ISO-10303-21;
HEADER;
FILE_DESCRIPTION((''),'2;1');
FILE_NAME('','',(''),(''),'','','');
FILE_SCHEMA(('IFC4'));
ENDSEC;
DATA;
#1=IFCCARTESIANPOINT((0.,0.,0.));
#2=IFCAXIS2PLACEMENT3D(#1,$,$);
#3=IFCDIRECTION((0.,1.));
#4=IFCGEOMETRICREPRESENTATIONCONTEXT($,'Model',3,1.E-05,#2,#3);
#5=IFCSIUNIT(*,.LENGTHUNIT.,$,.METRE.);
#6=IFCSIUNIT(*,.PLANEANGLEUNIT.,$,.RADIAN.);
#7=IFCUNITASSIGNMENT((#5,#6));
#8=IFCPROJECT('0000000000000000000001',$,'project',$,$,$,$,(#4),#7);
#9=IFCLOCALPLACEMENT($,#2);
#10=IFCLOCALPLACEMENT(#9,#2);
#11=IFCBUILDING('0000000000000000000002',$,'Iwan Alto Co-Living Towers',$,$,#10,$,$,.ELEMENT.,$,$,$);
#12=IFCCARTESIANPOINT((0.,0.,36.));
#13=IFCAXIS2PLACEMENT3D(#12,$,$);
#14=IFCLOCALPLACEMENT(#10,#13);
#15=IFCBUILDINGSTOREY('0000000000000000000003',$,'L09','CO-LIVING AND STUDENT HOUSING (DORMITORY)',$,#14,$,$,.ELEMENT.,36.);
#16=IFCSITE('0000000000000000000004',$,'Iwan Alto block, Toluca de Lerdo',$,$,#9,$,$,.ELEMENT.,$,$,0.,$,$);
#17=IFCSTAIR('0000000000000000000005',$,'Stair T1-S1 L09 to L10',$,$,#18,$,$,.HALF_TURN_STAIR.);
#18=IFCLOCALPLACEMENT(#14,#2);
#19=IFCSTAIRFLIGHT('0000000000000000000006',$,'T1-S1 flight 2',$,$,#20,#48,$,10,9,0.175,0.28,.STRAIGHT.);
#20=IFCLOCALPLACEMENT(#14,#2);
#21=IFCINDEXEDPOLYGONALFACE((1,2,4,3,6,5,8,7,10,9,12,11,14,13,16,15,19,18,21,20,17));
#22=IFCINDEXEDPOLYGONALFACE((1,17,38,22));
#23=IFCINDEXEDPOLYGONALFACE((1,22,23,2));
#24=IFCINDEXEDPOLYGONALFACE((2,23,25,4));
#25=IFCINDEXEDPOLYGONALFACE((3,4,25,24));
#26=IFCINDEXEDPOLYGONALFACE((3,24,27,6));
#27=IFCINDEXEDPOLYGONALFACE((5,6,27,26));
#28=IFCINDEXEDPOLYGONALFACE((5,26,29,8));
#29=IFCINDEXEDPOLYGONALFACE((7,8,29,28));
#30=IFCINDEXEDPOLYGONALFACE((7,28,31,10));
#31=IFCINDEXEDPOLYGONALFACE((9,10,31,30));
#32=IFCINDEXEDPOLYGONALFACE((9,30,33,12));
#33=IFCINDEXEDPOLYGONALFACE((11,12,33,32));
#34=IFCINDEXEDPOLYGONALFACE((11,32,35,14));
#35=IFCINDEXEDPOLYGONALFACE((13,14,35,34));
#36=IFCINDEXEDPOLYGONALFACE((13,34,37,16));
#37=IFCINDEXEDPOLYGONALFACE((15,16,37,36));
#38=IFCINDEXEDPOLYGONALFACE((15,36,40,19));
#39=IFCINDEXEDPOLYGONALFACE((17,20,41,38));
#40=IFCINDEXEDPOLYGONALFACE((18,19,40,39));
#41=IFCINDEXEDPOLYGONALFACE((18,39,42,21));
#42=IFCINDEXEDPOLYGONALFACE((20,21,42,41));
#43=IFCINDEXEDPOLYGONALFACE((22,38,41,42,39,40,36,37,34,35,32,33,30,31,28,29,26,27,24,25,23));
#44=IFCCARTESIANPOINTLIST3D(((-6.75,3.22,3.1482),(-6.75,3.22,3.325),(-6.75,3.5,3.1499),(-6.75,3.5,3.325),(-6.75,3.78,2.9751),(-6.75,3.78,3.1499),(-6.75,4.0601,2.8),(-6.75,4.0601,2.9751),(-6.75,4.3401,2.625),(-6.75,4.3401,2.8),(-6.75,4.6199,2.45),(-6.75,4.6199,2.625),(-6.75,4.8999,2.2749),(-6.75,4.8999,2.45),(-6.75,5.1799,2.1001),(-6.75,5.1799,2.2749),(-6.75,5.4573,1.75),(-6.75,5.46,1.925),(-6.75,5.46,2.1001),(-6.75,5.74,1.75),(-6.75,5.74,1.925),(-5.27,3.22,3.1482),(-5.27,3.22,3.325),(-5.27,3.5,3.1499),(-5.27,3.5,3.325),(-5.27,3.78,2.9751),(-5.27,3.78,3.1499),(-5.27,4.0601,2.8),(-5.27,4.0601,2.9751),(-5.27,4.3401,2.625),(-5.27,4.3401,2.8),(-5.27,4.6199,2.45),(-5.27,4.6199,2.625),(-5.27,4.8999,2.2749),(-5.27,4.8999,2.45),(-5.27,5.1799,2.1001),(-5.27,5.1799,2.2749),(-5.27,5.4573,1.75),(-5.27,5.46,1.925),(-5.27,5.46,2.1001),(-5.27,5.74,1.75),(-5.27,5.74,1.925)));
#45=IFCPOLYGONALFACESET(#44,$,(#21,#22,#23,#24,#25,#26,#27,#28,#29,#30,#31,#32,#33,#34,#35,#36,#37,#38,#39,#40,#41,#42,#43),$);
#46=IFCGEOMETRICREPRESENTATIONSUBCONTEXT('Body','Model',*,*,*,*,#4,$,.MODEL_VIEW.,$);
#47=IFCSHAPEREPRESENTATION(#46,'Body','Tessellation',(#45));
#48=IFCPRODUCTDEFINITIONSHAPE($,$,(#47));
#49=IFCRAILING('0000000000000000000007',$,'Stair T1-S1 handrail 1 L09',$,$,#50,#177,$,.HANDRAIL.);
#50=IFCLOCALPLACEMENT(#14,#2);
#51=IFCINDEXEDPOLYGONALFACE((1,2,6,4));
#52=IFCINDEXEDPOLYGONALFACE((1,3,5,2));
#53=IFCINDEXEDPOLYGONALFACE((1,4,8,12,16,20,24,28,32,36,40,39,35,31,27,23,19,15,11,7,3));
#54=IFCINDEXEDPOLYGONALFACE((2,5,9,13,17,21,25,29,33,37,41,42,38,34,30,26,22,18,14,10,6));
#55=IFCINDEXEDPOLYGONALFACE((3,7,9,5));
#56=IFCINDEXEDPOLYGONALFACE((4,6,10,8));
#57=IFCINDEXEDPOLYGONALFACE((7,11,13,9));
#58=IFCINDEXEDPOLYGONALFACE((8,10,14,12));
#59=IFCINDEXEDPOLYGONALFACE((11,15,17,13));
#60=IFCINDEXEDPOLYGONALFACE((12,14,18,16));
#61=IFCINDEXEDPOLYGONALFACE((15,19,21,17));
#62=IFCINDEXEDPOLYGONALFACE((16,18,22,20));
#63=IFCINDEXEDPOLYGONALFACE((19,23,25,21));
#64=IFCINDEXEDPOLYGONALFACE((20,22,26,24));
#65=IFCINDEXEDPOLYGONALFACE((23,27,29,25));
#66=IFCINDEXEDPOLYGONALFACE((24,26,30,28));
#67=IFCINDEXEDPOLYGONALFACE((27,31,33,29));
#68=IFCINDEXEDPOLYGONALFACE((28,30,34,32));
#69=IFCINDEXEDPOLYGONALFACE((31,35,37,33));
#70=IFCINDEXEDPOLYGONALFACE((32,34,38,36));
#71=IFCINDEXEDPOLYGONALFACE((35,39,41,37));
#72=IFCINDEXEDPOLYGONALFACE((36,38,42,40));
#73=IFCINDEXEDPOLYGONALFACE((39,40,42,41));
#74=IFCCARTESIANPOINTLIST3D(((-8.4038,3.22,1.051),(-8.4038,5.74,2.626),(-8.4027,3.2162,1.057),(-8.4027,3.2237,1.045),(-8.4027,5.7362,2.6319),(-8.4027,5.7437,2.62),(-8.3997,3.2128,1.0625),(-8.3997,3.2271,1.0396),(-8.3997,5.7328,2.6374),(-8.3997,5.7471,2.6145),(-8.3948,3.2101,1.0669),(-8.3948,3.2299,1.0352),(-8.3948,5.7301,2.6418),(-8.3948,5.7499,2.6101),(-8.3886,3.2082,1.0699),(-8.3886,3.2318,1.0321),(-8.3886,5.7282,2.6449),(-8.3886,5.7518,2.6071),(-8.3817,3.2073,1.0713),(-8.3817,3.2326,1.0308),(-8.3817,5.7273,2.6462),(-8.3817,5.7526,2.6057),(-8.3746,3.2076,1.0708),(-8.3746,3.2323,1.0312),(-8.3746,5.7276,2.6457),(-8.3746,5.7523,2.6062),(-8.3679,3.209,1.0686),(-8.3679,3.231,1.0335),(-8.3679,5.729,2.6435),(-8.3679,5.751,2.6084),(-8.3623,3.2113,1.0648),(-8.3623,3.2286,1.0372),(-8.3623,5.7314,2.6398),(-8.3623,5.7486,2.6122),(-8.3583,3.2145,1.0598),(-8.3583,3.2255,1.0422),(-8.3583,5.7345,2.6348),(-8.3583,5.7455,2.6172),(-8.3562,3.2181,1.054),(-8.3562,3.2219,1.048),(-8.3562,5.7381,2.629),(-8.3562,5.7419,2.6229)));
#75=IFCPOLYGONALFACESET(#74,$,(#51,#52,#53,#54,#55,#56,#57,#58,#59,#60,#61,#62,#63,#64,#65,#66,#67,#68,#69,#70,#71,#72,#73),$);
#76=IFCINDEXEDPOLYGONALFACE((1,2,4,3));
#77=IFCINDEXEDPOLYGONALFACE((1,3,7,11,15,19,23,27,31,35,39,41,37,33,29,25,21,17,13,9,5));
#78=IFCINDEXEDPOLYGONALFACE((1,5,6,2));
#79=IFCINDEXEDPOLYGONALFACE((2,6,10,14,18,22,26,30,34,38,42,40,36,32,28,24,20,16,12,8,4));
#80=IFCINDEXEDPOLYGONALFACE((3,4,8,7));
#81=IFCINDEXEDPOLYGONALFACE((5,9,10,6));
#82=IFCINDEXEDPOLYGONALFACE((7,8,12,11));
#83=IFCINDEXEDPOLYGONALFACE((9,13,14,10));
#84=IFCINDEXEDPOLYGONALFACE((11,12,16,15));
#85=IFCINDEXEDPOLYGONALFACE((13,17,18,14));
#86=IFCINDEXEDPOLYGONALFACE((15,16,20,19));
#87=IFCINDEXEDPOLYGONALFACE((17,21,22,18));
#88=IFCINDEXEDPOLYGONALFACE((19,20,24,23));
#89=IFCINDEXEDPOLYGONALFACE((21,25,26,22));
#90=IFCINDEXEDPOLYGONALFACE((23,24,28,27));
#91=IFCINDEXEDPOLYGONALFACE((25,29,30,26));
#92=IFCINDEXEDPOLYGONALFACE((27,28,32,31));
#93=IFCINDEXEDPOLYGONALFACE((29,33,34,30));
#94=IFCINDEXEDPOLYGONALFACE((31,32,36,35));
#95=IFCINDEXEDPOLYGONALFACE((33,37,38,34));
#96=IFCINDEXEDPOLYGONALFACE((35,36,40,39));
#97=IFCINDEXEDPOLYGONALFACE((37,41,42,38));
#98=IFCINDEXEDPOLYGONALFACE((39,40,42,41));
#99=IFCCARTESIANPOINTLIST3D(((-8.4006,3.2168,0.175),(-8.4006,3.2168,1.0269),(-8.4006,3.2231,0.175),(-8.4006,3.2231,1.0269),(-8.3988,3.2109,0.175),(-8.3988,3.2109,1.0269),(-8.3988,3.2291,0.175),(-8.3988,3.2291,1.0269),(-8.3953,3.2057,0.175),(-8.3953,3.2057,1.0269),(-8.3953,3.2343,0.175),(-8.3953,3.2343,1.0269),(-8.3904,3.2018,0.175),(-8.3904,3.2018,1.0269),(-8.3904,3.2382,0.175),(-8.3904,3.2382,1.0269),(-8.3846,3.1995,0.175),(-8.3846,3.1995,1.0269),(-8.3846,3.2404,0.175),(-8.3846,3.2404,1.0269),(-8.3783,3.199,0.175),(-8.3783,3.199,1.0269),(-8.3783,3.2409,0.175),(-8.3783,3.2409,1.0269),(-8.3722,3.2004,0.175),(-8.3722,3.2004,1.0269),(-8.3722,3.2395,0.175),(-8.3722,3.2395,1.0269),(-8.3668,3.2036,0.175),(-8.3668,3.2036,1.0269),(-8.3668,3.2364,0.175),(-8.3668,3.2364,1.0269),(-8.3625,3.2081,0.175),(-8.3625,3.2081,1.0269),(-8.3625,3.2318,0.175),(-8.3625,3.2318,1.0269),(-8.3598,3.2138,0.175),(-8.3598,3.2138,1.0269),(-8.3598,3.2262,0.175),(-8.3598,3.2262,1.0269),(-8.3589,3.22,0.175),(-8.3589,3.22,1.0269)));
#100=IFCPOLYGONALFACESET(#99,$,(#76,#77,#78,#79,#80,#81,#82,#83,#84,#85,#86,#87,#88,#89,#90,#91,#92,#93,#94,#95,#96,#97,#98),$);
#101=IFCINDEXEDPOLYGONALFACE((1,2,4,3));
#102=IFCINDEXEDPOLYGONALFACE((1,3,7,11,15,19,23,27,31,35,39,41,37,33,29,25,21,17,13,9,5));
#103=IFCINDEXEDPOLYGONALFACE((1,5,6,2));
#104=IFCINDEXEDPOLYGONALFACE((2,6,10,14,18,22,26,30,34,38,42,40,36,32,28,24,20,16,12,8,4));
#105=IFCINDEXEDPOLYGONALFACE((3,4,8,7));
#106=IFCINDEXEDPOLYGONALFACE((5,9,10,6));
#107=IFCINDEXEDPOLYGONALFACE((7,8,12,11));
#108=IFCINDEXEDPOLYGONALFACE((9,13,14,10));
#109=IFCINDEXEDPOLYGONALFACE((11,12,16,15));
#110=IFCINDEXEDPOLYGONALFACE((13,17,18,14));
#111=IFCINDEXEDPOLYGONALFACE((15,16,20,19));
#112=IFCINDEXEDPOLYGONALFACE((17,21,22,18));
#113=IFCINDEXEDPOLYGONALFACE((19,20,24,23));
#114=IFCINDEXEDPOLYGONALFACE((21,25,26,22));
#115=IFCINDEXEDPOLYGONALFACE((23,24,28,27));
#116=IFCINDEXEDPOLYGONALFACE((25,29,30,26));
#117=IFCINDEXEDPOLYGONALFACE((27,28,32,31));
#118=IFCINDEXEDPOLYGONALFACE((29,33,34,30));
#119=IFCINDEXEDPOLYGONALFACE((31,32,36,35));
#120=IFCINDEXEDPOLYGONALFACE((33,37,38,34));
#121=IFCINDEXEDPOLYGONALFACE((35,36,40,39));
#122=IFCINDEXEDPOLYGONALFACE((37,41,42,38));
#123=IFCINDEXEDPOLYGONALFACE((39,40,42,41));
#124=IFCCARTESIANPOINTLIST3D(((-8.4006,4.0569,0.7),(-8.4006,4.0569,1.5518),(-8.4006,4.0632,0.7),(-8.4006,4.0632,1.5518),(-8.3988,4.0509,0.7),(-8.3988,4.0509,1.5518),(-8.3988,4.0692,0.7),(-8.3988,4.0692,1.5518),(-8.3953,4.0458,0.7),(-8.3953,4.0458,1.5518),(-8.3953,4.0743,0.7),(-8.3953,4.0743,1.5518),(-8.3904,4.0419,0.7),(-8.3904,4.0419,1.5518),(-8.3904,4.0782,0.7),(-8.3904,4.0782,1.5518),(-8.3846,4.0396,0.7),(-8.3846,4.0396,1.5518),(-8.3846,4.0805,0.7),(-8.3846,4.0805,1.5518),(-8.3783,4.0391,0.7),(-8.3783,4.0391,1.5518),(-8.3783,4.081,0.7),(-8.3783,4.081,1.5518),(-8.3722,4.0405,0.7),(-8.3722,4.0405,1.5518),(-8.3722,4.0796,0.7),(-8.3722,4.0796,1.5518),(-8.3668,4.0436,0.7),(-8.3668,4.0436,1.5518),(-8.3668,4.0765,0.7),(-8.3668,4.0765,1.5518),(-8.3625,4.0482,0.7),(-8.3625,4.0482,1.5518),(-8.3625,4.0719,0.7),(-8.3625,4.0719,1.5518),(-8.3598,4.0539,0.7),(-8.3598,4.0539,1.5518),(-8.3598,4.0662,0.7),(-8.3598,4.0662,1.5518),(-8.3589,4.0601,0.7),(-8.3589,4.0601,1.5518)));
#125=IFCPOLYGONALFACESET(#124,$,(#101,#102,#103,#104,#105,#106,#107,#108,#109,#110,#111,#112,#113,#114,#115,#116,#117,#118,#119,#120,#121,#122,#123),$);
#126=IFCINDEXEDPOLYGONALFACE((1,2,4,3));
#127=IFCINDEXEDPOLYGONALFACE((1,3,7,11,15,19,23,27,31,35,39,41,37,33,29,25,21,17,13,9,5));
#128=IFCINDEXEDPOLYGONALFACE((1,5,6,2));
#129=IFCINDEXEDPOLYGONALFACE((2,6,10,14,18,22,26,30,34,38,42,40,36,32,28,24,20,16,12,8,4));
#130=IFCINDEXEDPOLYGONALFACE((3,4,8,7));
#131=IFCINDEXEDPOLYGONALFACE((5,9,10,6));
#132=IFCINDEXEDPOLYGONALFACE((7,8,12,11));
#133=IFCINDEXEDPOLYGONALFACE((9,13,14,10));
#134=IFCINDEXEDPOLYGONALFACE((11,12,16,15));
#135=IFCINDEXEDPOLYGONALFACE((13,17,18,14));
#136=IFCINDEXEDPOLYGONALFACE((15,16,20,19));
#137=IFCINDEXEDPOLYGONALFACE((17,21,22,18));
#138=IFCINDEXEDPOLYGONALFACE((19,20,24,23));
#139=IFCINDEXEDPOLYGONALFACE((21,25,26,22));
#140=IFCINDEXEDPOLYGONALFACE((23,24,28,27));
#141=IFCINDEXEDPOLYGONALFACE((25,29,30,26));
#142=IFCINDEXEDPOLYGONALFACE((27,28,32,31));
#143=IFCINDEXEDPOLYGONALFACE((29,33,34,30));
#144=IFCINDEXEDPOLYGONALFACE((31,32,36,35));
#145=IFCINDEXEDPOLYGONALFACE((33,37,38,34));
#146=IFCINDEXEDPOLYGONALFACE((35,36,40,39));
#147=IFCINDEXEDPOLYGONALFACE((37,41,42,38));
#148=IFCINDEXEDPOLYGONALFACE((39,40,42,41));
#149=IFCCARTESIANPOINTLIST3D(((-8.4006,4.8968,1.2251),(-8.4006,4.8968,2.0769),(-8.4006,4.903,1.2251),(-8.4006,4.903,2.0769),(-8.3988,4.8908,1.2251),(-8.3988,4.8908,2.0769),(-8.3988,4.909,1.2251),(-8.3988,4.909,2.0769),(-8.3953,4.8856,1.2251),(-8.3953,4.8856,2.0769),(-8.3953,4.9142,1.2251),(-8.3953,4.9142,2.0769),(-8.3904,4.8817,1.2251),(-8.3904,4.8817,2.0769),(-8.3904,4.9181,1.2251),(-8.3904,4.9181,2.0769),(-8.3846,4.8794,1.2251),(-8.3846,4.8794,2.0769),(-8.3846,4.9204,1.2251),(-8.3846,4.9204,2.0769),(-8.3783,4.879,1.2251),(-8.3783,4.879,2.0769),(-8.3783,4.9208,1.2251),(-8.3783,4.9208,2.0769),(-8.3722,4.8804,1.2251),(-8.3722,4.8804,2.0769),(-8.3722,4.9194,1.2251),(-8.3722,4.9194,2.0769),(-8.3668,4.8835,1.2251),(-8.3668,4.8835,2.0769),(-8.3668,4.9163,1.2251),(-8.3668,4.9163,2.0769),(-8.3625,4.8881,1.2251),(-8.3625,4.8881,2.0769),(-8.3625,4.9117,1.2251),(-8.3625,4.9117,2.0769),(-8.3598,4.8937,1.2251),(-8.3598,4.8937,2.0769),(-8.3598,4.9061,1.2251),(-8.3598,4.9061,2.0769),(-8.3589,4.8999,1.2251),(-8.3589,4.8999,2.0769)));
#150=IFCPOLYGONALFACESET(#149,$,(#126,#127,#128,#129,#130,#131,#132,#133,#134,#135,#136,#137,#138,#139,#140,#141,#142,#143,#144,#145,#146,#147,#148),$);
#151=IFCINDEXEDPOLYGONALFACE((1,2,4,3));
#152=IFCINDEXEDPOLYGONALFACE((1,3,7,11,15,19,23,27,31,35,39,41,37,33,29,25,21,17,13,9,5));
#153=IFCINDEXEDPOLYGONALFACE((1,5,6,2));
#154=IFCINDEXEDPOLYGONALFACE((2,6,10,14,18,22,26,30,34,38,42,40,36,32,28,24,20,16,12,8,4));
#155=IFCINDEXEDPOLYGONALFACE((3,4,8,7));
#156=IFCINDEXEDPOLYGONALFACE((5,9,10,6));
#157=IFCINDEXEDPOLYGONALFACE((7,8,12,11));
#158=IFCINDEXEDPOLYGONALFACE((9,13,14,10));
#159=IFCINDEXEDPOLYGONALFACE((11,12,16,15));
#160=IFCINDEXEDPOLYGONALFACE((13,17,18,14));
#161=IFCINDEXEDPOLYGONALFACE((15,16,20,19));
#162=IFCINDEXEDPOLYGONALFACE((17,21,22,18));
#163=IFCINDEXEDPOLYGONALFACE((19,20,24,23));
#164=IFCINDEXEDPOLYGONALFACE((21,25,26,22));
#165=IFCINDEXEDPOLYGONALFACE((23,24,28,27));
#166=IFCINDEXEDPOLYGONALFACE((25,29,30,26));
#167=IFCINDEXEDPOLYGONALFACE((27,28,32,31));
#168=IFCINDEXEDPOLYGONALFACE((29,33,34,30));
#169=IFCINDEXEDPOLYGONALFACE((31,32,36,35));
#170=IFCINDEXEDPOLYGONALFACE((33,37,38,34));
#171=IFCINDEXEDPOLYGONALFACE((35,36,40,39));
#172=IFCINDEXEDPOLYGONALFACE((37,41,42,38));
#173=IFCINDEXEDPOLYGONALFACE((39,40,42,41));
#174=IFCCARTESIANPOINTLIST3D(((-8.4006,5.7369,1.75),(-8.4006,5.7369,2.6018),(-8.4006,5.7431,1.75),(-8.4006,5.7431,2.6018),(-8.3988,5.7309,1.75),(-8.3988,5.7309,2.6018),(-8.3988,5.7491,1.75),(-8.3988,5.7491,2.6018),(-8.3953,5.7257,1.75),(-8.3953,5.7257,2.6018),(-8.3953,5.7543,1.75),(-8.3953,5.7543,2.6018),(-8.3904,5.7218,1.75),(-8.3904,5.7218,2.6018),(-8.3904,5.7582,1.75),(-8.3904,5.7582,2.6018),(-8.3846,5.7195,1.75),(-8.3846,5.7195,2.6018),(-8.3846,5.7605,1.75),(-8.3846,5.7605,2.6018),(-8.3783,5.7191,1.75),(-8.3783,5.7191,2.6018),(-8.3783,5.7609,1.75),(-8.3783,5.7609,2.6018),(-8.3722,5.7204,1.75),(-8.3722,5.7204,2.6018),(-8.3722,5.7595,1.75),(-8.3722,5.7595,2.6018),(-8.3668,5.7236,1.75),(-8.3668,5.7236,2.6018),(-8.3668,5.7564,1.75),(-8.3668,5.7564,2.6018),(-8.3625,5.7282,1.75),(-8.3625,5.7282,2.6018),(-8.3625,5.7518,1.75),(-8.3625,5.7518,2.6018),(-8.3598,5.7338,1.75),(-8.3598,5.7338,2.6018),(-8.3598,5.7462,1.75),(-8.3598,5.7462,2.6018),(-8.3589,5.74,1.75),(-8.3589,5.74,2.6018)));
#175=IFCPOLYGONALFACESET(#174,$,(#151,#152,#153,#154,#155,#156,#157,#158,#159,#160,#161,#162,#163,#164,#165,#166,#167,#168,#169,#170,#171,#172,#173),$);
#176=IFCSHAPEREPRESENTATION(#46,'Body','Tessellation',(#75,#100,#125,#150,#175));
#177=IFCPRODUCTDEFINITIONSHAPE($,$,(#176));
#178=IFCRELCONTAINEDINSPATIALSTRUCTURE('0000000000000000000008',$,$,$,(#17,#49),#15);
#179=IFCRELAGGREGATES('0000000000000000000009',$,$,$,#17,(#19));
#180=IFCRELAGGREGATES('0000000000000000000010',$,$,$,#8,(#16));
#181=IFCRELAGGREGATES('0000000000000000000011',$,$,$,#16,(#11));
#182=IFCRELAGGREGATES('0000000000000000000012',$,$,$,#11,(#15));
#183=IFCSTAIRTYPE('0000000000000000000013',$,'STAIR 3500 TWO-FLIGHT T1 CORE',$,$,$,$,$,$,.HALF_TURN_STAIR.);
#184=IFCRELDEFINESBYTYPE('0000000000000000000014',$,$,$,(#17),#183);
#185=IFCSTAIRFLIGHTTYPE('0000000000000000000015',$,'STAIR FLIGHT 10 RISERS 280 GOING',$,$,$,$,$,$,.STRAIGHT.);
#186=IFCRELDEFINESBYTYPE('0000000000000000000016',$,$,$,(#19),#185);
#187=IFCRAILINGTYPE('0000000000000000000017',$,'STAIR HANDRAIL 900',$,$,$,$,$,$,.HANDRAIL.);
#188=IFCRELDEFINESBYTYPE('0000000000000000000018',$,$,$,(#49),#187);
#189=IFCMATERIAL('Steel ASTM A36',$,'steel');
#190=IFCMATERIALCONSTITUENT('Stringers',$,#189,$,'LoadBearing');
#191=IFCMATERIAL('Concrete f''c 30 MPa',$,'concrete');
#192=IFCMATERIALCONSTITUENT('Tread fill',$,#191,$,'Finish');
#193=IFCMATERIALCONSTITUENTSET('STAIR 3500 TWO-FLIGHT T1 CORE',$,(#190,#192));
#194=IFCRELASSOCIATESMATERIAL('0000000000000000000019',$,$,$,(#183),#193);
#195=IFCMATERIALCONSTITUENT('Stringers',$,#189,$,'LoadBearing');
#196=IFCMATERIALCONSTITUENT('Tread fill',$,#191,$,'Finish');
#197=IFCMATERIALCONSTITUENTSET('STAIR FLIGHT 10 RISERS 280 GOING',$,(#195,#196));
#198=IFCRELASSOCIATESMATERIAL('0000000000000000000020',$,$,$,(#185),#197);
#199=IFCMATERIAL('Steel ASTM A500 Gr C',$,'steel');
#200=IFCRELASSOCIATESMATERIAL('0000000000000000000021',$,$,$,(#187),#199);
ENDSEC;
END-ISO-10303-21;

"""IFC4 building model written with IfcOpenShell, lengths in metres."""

from ifc_helpers import new_model, si_unit, direction, frame, origin, origin_2d, place, context, subcontext, project, spatial, polyline, circle, outline, extrude, material, constituent, constituent_set, type_object, element, aggregate, save


model = new_model("IFC4")

# Units and contexts
model_context = context("Model", 3, precision=1e-05, world=origin(), true_north=direction((0.0, 1.0)))
body_context = subcontext(model_context, "Body", "Model", "MODEL_VIEW")
ifc_project = project(units=[si_unit("LENGTHUNIT", "METRE"), si_unit("PLANEANGLEUNIT", "RADIAN")], contexts=[model_context])

# Site, building, storey
site_placement = place(None, origin())
site = spatial("IfcSite", under=ifc_project, at=site_placement, Name="Iwan Alto block, Toluca de Lerdo", CompositionType="ELEMENT", RefElevation=0.0)
building_placement = place(site_placement, origin())
building = spatial("IfcBuilding", under=site, at=building_placement, Name="Iwan Alto Co-Living Towers", CompositionType="ELEMENT")
storey_placement = place(building_placement, frame((0.0, 0.0, 36.0)))
storey = spatial("IfcBuildingStorey", under=building, at=storey_placement, Name="L09", Description="CO-LIVING AND STUDENT HOUSING (DORMITORY)", CompositionType="ELEMENT", Elevation=36.0)

# Stair, stair flight
ifc_material_1 = material(Name="Steel ASTM A36", Category="steel")
ifc_constituent_1 = constituent(ifc_material_1, Name="Stringers", Category="LoadBearing")
ifc_material_2 = material(Name="Concrete f'c 30 MPa", Category="concrete")
ifc_constituent_2 = constituent(ifc_material_2, Name="Tread fill", Category="Finish")
ifc_constituent_set_1 = constituent_set(constituents=[ifc_constituent_1, ifc_constituent_2], Name="STAIR 3500 TWO-FLIGHT T1 CORE")
stair_type = type_object("IfcStairType", Name="STAIR 3500 TWO-FLIGHT T1 CORE", PredefinedType="HALF_TURN_STAIR", material=ifc_constituent_set_1)
stair_placement = place(storey_placement, origin())
stair = element("IfcStair", 1, at=stair_placement, inside=storey, type_object=stair_type, Name="Stair T1-S1 L09 to L10", PredefinedType="HALF_TURN_STAIR")
ifc_constituent_3 = constituent(ifc_material_1, Name="Stringers", Category="LoadBearing")
ifc_constituent_4 = constituent(ifc_material_2, Name="Tread fill", Category="Finish")
ifc_constituent_set_2 = constituent_set(constituents=[ifc_constituent_3, ifc_constituent_4], Name="STAIR FLIGHT 10 RISERS 280 GOING")
stair_flight_type = type_object("IfcStairFlightType", Name="STAIR FLIGHT 10 RISERS 280 GOING", PredefinedType="STRAIGHT", material=ifc_constituent_set_2)
stair_flight_1_placement = place(storey_placement, frame((-6.01, 5.74, 1.75), z_axis=(0.0, 0.0, 1.0), x_axis=(0.0, -1.0, 0.0)))
stair_flight_1 = element("IfcStairFlight", 2, at=stair_flight_1_placement, type_object=stair_flight_type, Name="T1-S1 flight 2", NumberOfRisers=10, NumberOfTreads=9, PredefinedType="STRAIGHT", RiserHeight=0.175, TreadLength=0.28, context=body_context, shape_type="SweptSolid", body=[
    extrude(outline(polyline([(0.0, 0.0), (0.0, 0.175), (0.28, 0.175), (0.28, 0.3501), (0.5601, 0.3501), (0.5601, 0.5249), (0.8401, 0.5249), (0.8401, 0.7), (1.1201, 0.7), (1.1201, 0.875), (1.3999, 0.875), (1.3999, 1.05), (1.6799, 1.05), (1.6799, 1.2251), (1.96, 1.2251), (1.96, 1.3999), (2.24, 1.3999), (2.24, 1.575), (2.52, 1.575), (2.52, 1.75), (2.52, 1.3982), (0.2827, 0.0), (0.0, 0.0)])), frame((0.0, 0.74, 0.0), z_axis=(0.0, -1.0, 0.0), x_axis=(1.0, 0.0, 0.0)), (0.0, 0.0, 1.0), 1.48),
])
aggregate(stair, [stair_flight_1])

# Railing
ifc_material_3 = material(Name="Steel ASTM A500 Gr C", Category="steel")
railing_type_1 = type_object("IfcRailingType", Name="STAIR HANDRAIL 900", PredefinedType="HANDRAIL", material=ifc_material_3)
railing_1_placement = place(storey_placement, frame((-8.3799, 3.22, 0.175)))
element("IfcRailing", 3, at=railing_1_placement, inside=storey, type_object=railing_type_1, Name="Stair T1-S1 handrail 1 L09", PredefinedType="HANDRAIL", context=body_context, shape_type="SweptSolid", body=[
    extrude(circle(Radius=0.0239, at=origin_2d()), frame((0.0, 0.0, 0.876), z_axis=(0.0, 0.848008, 0.529984), x_axis=(-1.0, 0.0, 0.0)), (0.0, 0.0, 1.0), 2.9717),
    extrude(circle(Radius=0.021, at=origin_2d()), origin(), (0.0, 0.0, 1.0), 0.8518),
    extrude(circle(Radius=0.021, at=origin_2d()), frame((0.0, 0.8401, 0.5249)), (0.0, 0.0, 1.0), 0.8518),
    extrude(circle(Radius=0.021, at=origin_2d()), frame((0.0, 1.6799, 1.05)), (0.0, 0.0, 1.0), 0.8518),
    extrude(circle(Radius=0.021, at=origin_2d()), frame((0.0, 2.52, 1.575)), (0.0, 0.0, 1.0), 0.8518),
])

save(model, "model.ifc")
